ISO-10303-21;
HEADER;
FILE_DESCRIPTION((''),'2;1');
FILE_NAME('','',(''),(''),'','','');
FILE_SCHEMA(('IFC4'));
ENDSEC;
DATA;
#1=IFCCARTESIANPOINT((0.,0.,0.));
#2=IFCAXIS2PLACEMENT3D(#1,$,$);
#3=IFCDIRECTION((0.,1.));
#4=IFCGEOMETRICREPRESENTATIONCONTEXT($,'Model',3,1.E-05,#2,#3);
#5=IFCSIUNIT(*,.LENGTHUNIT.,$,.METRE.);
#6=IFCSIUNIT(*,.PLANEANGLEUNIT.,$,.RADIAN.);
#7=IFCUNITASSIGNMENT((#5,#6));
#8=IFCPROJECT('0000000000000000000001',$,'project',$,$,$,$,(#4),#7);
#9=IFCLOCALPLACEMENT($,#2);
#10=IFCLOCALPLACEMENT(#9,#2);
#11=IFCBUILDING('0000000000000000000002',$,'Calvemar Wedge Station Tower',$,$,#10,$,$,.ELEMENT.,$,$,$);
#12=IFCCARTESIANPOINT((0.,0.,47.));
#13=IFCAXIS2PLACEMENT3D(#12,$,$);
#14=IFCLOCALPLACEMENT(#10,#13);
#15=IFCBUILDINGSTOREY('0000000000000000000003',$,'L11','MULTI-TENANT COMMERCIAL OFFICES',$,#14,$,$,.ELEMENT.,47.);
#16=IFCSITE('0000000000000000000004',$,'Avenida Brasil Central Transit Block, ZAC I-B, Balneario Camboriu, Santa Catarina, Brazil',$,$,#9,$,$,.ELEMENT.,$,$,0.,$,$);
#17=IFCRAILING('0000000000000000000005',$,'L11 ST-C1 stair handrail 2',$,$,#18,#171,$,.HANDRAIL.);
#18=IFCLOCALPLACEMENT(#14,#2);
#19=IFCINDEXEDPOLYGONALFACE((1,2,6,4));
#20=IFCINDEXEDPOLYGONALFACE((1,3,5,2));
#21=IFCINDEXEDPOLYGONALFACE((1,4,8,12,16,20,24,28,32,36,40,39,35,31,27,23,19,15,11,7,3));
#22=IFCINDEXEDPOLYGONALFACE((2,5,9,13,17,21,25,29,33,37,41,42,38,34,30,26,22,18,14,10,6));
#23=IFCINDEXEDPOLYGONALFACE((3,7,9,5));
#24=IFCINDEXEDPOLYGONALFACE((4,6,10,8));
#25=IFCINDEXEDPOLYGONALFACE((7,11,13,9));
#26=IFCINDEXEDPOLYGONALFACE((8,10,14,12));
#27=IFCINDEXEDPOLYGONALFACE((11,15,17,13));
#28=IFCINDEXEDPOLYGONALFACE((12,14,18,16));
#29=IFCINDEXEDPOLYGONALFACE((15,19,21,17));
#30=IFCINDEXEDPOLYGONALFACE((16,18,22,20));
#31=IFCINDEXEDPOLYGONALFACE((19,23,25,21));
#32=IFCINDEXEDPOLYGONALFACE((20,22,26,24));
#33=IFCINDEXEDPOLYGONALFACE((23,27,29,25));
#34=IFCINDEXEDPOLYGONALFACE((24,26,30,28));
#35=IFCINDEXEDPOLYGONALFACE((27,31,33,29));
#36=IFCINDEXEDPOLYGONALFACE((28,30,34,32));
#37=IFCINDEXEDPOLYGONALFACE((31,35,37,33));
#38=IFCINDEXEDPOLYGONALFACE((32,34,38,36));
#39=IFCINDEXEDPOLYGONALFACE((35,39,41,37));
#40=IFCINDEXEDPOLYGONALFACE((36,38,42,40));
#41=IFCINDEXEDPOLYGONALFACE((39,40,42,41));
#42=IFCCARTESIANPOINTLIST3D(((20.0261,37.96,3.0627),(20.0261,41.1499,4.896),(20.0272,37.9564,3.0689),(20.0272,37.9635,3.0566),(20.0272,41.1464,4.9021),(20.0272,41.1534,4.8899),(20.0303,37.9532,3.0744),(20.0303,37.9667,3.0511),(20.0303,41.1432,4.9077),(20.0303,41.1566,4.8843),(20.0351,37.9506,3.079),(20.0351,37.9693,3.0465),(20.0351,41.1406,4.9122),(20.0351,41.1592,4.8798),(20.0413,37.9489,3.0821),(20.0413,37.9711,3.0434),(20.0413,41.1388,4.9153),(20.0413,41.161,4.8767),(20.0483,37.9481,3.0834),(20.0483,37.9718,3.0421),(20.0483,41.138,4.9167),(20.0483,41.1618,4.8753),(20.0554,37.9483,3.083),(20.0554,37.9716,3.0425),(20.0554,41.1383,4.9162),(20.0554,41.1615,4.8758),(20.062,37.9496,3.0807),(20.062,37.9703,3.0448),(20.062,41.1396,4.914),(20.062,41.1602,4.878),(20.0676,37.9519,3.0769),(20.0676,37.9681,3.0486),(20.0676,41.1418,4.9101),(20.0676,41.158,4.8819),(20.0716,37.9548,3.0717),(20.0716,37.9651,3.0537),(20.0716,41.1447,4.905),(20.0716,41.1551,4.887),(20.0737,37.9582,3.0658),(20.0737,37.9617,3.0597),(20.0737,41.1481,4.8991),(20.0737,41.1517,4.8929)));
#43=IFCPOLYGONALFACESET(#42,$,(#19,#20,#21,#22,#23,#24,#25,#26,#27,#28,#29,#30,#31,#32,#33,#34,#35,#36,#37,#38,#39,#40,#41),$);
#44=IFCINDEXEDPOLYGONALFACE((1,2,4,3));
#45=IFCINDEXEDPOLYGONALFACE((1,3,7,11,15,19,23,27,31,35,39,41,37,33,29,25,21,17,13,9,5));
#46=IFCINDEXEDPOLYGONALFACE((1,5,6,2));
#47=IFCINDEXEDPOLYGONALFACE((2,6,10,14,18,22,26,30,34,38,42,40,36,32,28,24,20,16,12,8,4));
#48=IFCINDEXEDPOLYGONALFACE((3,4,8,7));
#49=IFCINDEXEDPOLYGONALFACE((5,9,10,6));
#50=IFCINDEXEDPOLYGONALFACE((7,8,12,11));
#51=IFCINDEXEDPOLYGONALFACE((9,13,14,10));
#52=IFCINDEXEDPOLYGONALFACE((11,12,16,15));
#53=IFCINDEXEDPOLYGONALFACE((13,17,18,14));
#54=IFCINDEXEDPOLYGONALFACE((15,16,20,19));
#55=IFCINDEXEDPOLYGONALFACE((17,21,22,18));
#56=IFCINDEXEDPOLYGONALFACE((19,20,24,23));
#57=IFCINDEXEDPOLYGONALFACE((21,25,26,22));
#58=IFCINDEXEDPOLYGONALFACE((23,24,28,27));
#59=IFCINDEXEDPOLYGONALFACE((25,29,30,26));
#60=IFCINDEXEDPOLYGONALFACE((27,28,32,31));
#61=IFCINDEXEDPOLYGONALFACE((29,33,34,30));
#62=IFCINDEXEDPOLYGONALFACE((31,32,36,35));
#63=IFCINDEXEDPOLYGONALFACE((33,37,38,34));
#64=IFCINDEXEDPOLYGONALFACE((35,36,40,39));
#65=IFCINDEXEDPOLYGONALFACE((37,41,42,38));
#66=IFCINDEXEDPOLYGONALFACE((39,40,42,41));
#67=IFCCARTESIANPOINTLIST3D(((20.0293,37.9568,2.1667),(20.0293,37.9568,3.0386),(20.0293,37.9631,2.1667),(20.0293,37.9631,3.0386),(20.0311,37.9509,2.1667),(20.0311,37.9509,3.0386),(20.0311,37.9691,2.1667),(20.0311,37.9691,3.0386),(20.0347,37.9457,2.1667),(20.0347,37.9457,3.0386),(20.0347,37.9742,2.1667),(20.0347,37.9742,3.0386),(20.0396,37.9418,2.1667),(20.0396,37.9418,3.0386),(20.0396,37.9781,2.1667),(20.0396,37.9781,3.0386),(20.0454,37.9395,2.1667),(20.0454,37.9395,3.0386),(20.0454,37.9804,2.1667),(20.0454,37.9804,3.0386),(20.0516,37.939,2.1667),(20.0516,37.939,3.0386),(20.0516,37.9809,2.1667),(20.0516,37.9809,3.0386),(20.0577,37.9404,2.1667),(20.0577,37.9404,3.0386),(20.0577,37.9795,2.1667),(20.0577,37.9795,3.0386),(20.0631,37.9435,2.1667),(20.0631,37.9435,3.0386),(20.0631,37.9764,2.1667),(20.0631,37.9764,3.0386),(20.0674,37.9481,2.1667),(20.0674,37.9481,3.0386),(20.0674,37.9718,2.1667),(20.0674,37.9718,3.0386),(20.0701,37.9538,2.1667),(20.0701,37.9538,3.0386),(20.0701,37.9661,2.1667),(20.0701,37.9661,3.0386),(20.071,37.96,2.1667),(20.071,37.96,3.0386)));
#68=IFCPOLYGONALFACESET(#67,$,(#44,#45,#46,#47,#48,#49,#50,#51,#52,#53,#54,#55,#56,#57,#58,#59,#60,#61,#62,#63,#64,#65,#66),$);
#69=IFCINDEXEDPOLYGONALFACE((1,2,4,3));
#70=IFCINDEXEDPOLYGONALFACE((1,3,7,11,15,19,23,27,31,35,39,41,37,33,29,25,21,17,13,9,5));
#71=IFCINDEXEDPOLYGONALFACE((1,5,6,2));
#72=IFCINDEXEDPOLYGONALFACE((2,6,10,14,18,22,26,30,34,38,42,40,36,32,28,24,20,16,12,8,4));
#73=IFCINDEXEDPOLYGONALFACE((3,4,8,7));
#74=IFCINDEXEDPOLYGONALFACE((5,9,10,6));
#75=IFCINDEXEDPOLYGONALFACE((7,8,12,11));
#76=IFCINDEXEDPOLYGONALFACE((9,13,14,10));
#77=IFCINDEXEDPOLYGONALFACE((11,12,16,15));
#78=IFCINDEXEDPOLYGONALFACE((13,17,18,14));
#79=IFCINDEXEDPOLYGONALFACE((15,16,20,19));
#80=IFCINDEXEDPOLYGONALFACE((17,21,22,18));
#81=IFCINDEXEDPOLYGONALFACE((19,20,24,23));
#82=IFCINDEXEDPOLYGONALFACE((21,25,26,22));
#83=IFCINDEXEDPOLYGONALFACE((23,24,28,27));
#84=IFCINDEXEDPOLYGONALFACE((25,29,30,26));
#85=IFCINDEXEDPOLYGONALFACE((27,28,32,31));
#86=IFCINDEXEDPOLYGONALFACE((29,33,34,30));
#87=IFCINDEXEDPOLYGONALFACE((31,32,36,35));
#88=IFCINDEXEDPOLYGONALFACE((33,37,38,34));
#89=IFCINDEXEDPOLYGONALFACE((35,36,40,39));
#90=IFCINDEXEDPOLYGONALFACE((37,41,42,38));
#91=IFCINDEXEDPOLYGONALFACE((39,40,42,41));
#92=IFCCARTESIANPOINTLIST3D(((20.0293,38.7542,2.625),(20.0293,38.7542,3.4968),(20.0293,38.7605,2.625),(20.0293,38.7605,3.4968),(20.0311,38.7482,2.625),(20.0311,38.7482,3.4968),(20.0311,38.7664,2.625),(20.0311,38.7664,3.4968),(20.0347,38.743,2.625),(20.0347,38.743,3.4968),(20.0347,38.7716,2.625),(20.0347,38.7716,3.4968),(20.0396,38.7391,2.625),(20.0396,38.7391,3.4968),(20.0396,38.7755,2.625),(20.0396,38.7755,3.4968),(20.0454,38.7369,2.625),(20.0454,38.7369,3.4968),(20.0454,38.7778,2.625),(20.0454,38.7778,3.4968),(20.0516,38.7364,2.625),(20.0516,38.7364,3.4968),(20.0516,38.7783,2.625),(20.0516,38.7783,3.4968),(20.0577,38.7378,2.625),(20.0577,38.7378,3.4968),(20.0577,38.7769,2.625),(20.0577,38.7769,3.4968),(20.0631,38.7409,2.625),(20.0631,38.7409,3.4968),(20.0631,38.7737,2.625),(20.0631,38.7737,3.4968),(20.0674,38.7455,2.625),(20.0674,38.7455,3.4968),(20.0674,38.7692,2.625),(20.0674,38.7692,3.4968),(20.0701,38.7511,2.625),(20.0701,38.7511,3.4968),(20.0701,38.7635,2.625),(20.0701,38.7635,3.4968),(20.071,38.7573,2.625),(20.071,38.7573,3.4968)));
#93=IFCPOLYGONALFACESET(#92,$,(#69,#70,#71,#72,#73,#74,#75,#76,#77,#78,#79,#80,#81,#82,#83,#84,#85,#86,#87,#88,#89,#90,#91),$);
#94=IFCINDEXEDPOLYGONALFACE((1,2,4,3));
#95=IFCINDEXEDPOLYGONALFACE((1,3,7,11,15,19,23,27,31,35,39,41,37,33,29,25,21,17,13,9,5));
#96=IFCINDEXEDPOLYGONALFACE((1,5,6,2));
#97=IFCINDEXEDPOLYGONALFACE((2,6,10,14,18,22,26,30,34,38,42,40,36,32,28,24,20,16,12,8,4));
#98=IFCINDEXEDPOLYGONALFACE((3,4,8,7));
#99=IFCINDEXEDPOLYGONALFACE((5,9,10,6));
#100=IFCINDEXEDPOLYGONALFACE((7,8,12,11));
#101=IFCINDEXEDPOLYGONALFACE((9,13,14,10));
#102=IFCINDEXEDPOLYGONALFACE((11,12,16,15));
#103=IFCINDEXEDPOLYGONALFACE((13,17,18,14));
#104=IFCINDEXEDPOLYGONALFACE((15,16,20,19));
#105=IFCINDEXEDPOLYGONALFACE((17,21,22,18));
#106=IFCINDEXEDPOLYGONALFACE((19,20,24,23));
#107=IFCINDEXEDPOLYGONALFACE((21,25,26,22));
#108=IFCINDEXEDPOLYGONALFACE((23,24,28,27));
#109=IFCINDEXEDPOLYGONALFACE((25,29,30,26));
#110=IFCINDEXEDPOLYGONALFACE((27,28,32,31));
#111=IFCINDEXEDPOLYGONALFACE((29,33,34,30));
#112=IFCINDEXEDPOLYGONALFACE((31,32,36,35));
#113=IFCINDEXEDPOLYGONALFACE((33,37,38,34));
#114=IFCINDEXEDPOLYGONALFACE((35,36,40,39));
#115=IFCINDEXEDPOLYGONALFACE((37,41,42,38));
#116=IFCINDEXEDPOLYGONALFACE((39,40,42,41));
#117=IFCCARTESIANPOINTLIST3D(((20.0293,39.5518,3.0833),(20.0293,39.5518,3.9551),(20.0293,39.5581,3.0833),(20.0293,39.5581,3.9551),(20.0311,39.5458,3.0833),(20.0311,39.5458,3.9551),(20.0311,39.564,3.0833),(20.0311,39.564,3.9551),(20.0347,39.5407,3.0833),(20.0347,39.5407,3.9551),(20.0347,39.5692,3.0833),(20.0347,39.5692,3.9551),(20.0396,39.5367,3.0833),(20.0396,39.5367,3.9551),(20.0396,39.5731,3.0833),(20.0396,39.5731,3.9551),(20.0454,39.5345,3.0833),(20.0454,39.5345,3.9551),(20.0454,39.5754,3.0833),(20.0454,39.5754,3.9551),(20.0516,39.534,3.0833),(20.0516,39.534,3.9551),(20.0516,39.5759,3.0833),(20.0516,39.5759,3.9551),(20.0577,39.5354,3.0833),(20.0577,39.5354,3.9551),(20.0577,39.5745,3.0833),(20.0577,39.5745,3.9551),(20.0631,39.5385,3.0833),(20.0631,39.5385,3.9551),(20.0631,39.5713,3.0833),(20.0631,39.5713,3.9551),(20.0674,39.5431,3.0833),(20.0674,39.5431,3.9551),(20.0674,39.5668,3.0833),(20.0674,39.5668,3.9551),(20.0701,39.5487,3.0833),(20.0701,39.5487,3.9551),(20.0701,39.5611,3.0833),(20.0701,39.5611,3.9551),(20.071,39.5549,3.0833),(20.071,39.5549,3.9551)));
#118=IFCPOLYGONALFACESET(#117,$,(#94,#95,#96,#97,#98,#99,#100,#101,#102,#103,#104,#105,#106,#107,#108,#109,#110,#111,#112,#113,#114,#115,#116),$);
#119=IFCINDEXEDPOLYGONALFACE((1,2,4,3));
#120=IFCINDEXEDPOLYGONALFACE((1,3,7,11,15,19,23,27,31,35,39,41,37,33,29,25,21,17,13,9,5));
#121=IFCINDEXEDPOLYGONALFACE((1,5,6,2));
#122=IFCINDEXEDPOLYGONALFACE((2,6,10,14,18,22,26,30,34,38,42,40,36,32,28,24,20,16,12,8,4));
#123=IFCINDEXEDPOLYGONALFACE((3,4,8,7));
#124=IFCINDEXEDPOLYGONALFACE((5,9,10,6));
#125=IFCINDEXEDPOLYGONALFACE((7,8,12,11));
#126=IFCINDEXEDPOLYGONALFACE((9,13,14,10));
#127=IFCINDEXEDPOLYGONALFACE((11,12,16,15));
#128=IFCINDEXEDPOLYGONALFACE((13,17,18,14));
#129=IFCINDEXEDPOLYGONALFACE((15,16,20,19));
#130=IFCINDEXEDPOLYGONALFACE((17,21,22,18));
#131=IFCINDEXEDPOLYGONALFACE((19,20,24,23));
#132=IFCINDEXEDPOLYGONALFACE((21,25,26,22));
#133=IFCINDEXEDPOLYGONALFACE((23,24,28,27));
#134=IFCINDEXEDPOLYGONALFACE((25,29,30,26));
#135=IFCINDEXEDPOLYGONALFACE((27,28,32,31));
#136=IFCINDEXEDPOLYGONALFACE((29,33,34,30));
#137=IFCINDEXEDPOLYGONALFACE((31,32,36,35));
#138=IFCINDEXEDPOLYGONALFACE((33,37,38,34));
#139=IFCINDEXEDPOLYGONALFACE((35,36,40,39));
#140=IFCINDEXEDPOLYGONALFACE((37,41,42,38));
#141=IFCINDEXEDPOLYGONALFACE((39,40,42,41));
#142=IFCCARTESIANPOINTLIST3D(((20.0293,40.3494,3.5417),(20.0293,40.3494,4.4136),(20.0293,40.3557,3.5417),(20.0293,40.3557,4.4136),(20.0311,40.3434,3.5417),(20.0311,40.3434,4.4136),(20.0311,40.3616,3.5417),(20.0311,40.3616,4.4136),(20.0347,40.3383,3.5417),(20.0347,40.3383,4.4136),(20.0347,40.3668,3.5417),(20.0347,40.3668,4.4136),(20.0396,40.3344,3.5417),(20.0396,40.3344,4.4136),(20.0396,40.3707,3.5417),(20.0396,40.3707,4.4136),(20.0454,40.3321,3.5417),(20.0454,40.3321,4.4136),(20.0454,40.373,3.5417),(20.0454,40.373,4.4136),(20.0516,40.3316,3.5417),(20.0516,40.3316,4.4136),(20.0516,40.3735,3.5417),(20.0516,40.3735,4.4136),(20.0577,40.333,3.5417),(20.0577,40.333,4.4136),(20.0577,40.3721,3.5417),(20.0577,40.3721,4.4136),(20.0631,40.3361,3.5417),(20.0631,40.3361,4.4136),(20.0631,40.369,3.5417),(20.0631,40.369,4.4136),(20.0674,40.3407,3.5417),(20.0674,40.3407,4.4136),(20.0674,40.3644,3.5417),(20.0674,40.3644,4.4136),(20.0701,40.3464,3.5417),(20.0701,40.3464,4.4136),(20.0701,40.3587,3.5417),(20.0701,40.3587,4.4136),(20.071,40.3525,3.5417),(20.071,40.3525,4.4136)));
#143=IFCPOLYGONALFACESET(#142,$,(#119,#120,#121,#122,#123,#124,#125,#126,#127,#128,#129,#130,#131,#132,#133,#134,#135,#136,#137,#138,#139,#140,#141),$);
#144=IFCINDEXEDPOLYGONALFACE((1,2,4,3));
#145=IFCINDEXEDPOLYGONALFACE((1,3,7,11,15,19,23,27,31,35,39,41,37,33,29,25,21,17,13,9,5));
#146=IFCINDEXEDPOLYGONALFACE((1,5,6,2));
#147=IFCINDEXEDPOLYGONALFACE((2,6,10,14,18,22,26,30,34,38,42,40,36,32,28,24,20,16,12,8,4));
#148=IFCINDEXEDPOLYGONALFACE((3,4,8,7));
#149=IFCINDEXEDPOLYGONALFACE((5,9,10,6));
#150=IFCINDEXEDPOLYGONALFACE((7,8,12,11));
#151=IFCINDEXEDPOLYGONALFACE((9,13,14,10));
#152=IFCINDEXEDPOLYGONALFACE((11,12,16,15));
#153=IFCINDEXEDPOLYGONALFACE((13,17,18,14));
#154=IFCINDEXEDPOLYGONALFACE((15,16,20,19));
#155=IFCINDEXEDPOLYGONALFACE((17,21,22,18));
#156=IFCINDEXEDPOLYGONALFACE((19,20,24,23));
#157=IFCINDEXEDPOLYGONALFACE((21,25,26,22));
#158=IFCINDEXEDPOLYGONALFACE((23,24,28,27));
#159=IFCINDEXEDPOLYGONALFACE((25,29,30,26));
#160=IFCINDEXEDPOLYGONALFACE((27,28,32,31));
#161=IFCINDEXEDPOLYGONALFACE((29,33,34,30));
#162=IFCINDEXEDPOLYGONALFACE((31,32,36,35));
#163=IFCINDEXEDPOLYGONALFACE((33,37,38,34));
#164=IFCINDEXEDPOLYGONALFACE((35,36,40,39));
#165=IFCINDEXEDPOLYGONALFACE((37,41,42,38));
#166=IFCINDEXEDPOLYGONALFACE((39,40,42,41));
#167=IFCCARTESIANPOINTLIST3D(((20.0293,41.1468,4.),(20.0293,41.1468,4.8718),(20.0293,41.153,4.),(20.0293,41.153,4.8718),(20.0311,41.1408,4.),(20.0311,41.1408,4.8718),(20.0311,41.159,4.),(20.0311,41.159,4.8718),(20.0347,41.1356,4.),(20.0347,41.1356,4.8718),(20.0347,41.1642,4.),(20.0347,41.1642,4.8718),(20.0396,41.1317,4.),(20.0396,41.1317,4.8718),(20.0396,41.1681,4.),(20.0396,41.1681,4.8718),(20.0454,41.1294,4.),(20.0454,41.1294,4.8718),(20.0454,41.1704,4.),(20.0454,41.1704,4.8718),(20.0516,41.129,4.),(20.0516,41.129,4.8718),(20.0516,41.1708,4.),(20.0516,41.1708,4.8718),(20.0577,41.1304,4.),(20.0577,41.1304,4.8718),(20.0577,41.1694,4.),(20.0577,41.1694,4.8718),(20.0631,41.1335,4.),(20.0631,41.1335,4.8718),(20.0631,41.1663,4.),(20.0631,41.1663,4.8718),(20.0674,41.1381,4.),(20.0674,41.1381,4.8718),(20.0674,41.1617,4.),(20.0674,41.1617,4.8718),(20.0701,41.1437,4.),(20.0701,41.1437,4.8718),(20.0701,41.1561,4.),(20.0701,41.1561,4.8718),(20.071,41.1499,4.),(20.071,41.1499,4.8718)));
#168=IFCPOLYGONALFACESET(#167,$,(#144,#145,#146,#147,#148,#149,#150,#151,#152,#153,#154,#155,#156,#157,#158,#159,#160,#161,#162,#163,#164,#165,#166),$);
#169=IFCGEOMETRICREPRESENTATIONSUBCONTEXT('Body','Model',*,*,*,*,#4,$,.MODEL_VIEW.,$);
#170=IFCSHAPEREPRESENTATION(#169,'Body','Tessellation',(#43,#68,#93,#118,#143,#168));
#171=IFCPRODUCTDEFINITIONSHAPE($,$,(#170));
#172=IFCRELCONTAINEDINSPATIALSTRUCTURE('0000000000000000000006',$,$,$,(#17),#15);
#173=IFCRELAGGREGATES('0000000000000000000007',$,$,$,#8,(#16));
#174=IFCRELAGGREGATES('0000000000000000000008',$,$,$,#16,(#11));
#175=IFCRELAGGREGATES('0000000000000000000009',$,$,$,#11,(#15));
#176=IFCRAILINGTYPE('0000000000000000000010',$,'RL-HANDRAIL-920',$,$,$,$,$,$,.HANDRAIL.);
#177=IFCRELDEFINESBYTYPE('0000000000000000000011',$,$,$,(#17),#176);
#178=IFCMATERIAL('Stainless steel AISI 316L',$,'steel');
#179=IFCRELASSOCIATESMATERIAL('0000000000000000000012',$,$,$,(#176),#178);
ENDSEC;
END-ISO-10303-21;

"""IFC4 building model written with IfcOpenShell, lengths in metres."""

from ifc_helpers import new_model, si_unit, direction, frame, origin, origin_2d, place, context, subcontext, project, spatial, circle, extrude, material, type_object, element, save


model = new_model("IFC4")

# Units and contexts
model_context = context("Model", 3, precision=1e-05, world=origin(), true_north=direction((0.0, 1.0)))
body_context = subcontext(model_context, "Body", "Model", "MODEL_VIEW")
ifc_project = project(units=[si_unit("LENGTHUNIT", "METRE"), si_unit("PLANEANGLEUNIT", "RADIAN")], contexts=[model_context])

# Site, building, storey
site_placement = place(None, origin())
site = spatial("IfcSite", under=ifc_project, at=site_placement, Name="Avenida Brasil Central Transit Block, ZAC I-B, Balneario Camboriu, Santa Catarina, Brazil", CompositionType="ELEMENT", RefElevation=0.0)
building_placement = place(site_placement, origin())
building = spatial("IfcBuilding", under=site, at=building_placement, Name="Calvemar Wedge Station Tower", CompositionType="ELEMENT")
storey_placement = place(building_placement, frame((0.0, 0.0, 47.0)))
storey = spatial("IfcBuildingStorey", under=building, at=storey_placement, Name="L11", Description="MULTI-TENANT COMMERCIAL OFFICES", CompositionType="ELEMENT", Elevation=47.0)

# Railing
ifc_material_1 = material(Name="Stainless steel AISI 316L", Category="steel")
railing_type_1 = type_object("IfcRailingType", Name="RL-HANDRAIL-920", PredefinedType="HANDRAIL", material=ifc_material_1)
railing_1_placement = place(storey_placement, frame((20.05, 37.96, 2.1667)))
element("IfcRailing", 1, at=railing_1_placement, inside=storey, type_object=railing_type_1, Name="L11 ST-C1 stair handrail 2", PredefinedType="HANDRAIL", context=body_context, shape_type="SweptSolid", body=[
    extrude(circle(Radius=0.0239, at=origin_2d()), frame((0.0, 0.0, 0.896), z_axis=(0.0, 0.86702, 0.498274), x_axis=(-1.0, 0.0, 0.0)), (0.0, 0.0, 1.0), 3.6792),
    extrude(circle(Radius=0.021, at=origin_2d()), origin(), (0.0, 0.0, 1.0), 0.8718),
    extrude(circle(Radius=0.021, at=origin_2d()), frame((0.0, 0.7974, 0.4583)), (0.0, 0.0, 1.0), 0.8718),
    extrude(circle(Radius=0.021, at=origin_2d()), frame((0.0, 1.595, 0.9165)), (0.0, 0.0, 1.0), 0.8718),
    extrude(circle(Radius=0.021, at=origin_2d()), frame((0.0, 2.3926, 1.375)), (0.0, 0.0, 1.0), 0.8718),
    extrude(circle(Radius=0.021, at=origin_2d()), frame((0.0, 3.1899, 1.8333)), (0.0, 0.0, 1.0), 0.8718),
])

save(model, "model.ifc")
